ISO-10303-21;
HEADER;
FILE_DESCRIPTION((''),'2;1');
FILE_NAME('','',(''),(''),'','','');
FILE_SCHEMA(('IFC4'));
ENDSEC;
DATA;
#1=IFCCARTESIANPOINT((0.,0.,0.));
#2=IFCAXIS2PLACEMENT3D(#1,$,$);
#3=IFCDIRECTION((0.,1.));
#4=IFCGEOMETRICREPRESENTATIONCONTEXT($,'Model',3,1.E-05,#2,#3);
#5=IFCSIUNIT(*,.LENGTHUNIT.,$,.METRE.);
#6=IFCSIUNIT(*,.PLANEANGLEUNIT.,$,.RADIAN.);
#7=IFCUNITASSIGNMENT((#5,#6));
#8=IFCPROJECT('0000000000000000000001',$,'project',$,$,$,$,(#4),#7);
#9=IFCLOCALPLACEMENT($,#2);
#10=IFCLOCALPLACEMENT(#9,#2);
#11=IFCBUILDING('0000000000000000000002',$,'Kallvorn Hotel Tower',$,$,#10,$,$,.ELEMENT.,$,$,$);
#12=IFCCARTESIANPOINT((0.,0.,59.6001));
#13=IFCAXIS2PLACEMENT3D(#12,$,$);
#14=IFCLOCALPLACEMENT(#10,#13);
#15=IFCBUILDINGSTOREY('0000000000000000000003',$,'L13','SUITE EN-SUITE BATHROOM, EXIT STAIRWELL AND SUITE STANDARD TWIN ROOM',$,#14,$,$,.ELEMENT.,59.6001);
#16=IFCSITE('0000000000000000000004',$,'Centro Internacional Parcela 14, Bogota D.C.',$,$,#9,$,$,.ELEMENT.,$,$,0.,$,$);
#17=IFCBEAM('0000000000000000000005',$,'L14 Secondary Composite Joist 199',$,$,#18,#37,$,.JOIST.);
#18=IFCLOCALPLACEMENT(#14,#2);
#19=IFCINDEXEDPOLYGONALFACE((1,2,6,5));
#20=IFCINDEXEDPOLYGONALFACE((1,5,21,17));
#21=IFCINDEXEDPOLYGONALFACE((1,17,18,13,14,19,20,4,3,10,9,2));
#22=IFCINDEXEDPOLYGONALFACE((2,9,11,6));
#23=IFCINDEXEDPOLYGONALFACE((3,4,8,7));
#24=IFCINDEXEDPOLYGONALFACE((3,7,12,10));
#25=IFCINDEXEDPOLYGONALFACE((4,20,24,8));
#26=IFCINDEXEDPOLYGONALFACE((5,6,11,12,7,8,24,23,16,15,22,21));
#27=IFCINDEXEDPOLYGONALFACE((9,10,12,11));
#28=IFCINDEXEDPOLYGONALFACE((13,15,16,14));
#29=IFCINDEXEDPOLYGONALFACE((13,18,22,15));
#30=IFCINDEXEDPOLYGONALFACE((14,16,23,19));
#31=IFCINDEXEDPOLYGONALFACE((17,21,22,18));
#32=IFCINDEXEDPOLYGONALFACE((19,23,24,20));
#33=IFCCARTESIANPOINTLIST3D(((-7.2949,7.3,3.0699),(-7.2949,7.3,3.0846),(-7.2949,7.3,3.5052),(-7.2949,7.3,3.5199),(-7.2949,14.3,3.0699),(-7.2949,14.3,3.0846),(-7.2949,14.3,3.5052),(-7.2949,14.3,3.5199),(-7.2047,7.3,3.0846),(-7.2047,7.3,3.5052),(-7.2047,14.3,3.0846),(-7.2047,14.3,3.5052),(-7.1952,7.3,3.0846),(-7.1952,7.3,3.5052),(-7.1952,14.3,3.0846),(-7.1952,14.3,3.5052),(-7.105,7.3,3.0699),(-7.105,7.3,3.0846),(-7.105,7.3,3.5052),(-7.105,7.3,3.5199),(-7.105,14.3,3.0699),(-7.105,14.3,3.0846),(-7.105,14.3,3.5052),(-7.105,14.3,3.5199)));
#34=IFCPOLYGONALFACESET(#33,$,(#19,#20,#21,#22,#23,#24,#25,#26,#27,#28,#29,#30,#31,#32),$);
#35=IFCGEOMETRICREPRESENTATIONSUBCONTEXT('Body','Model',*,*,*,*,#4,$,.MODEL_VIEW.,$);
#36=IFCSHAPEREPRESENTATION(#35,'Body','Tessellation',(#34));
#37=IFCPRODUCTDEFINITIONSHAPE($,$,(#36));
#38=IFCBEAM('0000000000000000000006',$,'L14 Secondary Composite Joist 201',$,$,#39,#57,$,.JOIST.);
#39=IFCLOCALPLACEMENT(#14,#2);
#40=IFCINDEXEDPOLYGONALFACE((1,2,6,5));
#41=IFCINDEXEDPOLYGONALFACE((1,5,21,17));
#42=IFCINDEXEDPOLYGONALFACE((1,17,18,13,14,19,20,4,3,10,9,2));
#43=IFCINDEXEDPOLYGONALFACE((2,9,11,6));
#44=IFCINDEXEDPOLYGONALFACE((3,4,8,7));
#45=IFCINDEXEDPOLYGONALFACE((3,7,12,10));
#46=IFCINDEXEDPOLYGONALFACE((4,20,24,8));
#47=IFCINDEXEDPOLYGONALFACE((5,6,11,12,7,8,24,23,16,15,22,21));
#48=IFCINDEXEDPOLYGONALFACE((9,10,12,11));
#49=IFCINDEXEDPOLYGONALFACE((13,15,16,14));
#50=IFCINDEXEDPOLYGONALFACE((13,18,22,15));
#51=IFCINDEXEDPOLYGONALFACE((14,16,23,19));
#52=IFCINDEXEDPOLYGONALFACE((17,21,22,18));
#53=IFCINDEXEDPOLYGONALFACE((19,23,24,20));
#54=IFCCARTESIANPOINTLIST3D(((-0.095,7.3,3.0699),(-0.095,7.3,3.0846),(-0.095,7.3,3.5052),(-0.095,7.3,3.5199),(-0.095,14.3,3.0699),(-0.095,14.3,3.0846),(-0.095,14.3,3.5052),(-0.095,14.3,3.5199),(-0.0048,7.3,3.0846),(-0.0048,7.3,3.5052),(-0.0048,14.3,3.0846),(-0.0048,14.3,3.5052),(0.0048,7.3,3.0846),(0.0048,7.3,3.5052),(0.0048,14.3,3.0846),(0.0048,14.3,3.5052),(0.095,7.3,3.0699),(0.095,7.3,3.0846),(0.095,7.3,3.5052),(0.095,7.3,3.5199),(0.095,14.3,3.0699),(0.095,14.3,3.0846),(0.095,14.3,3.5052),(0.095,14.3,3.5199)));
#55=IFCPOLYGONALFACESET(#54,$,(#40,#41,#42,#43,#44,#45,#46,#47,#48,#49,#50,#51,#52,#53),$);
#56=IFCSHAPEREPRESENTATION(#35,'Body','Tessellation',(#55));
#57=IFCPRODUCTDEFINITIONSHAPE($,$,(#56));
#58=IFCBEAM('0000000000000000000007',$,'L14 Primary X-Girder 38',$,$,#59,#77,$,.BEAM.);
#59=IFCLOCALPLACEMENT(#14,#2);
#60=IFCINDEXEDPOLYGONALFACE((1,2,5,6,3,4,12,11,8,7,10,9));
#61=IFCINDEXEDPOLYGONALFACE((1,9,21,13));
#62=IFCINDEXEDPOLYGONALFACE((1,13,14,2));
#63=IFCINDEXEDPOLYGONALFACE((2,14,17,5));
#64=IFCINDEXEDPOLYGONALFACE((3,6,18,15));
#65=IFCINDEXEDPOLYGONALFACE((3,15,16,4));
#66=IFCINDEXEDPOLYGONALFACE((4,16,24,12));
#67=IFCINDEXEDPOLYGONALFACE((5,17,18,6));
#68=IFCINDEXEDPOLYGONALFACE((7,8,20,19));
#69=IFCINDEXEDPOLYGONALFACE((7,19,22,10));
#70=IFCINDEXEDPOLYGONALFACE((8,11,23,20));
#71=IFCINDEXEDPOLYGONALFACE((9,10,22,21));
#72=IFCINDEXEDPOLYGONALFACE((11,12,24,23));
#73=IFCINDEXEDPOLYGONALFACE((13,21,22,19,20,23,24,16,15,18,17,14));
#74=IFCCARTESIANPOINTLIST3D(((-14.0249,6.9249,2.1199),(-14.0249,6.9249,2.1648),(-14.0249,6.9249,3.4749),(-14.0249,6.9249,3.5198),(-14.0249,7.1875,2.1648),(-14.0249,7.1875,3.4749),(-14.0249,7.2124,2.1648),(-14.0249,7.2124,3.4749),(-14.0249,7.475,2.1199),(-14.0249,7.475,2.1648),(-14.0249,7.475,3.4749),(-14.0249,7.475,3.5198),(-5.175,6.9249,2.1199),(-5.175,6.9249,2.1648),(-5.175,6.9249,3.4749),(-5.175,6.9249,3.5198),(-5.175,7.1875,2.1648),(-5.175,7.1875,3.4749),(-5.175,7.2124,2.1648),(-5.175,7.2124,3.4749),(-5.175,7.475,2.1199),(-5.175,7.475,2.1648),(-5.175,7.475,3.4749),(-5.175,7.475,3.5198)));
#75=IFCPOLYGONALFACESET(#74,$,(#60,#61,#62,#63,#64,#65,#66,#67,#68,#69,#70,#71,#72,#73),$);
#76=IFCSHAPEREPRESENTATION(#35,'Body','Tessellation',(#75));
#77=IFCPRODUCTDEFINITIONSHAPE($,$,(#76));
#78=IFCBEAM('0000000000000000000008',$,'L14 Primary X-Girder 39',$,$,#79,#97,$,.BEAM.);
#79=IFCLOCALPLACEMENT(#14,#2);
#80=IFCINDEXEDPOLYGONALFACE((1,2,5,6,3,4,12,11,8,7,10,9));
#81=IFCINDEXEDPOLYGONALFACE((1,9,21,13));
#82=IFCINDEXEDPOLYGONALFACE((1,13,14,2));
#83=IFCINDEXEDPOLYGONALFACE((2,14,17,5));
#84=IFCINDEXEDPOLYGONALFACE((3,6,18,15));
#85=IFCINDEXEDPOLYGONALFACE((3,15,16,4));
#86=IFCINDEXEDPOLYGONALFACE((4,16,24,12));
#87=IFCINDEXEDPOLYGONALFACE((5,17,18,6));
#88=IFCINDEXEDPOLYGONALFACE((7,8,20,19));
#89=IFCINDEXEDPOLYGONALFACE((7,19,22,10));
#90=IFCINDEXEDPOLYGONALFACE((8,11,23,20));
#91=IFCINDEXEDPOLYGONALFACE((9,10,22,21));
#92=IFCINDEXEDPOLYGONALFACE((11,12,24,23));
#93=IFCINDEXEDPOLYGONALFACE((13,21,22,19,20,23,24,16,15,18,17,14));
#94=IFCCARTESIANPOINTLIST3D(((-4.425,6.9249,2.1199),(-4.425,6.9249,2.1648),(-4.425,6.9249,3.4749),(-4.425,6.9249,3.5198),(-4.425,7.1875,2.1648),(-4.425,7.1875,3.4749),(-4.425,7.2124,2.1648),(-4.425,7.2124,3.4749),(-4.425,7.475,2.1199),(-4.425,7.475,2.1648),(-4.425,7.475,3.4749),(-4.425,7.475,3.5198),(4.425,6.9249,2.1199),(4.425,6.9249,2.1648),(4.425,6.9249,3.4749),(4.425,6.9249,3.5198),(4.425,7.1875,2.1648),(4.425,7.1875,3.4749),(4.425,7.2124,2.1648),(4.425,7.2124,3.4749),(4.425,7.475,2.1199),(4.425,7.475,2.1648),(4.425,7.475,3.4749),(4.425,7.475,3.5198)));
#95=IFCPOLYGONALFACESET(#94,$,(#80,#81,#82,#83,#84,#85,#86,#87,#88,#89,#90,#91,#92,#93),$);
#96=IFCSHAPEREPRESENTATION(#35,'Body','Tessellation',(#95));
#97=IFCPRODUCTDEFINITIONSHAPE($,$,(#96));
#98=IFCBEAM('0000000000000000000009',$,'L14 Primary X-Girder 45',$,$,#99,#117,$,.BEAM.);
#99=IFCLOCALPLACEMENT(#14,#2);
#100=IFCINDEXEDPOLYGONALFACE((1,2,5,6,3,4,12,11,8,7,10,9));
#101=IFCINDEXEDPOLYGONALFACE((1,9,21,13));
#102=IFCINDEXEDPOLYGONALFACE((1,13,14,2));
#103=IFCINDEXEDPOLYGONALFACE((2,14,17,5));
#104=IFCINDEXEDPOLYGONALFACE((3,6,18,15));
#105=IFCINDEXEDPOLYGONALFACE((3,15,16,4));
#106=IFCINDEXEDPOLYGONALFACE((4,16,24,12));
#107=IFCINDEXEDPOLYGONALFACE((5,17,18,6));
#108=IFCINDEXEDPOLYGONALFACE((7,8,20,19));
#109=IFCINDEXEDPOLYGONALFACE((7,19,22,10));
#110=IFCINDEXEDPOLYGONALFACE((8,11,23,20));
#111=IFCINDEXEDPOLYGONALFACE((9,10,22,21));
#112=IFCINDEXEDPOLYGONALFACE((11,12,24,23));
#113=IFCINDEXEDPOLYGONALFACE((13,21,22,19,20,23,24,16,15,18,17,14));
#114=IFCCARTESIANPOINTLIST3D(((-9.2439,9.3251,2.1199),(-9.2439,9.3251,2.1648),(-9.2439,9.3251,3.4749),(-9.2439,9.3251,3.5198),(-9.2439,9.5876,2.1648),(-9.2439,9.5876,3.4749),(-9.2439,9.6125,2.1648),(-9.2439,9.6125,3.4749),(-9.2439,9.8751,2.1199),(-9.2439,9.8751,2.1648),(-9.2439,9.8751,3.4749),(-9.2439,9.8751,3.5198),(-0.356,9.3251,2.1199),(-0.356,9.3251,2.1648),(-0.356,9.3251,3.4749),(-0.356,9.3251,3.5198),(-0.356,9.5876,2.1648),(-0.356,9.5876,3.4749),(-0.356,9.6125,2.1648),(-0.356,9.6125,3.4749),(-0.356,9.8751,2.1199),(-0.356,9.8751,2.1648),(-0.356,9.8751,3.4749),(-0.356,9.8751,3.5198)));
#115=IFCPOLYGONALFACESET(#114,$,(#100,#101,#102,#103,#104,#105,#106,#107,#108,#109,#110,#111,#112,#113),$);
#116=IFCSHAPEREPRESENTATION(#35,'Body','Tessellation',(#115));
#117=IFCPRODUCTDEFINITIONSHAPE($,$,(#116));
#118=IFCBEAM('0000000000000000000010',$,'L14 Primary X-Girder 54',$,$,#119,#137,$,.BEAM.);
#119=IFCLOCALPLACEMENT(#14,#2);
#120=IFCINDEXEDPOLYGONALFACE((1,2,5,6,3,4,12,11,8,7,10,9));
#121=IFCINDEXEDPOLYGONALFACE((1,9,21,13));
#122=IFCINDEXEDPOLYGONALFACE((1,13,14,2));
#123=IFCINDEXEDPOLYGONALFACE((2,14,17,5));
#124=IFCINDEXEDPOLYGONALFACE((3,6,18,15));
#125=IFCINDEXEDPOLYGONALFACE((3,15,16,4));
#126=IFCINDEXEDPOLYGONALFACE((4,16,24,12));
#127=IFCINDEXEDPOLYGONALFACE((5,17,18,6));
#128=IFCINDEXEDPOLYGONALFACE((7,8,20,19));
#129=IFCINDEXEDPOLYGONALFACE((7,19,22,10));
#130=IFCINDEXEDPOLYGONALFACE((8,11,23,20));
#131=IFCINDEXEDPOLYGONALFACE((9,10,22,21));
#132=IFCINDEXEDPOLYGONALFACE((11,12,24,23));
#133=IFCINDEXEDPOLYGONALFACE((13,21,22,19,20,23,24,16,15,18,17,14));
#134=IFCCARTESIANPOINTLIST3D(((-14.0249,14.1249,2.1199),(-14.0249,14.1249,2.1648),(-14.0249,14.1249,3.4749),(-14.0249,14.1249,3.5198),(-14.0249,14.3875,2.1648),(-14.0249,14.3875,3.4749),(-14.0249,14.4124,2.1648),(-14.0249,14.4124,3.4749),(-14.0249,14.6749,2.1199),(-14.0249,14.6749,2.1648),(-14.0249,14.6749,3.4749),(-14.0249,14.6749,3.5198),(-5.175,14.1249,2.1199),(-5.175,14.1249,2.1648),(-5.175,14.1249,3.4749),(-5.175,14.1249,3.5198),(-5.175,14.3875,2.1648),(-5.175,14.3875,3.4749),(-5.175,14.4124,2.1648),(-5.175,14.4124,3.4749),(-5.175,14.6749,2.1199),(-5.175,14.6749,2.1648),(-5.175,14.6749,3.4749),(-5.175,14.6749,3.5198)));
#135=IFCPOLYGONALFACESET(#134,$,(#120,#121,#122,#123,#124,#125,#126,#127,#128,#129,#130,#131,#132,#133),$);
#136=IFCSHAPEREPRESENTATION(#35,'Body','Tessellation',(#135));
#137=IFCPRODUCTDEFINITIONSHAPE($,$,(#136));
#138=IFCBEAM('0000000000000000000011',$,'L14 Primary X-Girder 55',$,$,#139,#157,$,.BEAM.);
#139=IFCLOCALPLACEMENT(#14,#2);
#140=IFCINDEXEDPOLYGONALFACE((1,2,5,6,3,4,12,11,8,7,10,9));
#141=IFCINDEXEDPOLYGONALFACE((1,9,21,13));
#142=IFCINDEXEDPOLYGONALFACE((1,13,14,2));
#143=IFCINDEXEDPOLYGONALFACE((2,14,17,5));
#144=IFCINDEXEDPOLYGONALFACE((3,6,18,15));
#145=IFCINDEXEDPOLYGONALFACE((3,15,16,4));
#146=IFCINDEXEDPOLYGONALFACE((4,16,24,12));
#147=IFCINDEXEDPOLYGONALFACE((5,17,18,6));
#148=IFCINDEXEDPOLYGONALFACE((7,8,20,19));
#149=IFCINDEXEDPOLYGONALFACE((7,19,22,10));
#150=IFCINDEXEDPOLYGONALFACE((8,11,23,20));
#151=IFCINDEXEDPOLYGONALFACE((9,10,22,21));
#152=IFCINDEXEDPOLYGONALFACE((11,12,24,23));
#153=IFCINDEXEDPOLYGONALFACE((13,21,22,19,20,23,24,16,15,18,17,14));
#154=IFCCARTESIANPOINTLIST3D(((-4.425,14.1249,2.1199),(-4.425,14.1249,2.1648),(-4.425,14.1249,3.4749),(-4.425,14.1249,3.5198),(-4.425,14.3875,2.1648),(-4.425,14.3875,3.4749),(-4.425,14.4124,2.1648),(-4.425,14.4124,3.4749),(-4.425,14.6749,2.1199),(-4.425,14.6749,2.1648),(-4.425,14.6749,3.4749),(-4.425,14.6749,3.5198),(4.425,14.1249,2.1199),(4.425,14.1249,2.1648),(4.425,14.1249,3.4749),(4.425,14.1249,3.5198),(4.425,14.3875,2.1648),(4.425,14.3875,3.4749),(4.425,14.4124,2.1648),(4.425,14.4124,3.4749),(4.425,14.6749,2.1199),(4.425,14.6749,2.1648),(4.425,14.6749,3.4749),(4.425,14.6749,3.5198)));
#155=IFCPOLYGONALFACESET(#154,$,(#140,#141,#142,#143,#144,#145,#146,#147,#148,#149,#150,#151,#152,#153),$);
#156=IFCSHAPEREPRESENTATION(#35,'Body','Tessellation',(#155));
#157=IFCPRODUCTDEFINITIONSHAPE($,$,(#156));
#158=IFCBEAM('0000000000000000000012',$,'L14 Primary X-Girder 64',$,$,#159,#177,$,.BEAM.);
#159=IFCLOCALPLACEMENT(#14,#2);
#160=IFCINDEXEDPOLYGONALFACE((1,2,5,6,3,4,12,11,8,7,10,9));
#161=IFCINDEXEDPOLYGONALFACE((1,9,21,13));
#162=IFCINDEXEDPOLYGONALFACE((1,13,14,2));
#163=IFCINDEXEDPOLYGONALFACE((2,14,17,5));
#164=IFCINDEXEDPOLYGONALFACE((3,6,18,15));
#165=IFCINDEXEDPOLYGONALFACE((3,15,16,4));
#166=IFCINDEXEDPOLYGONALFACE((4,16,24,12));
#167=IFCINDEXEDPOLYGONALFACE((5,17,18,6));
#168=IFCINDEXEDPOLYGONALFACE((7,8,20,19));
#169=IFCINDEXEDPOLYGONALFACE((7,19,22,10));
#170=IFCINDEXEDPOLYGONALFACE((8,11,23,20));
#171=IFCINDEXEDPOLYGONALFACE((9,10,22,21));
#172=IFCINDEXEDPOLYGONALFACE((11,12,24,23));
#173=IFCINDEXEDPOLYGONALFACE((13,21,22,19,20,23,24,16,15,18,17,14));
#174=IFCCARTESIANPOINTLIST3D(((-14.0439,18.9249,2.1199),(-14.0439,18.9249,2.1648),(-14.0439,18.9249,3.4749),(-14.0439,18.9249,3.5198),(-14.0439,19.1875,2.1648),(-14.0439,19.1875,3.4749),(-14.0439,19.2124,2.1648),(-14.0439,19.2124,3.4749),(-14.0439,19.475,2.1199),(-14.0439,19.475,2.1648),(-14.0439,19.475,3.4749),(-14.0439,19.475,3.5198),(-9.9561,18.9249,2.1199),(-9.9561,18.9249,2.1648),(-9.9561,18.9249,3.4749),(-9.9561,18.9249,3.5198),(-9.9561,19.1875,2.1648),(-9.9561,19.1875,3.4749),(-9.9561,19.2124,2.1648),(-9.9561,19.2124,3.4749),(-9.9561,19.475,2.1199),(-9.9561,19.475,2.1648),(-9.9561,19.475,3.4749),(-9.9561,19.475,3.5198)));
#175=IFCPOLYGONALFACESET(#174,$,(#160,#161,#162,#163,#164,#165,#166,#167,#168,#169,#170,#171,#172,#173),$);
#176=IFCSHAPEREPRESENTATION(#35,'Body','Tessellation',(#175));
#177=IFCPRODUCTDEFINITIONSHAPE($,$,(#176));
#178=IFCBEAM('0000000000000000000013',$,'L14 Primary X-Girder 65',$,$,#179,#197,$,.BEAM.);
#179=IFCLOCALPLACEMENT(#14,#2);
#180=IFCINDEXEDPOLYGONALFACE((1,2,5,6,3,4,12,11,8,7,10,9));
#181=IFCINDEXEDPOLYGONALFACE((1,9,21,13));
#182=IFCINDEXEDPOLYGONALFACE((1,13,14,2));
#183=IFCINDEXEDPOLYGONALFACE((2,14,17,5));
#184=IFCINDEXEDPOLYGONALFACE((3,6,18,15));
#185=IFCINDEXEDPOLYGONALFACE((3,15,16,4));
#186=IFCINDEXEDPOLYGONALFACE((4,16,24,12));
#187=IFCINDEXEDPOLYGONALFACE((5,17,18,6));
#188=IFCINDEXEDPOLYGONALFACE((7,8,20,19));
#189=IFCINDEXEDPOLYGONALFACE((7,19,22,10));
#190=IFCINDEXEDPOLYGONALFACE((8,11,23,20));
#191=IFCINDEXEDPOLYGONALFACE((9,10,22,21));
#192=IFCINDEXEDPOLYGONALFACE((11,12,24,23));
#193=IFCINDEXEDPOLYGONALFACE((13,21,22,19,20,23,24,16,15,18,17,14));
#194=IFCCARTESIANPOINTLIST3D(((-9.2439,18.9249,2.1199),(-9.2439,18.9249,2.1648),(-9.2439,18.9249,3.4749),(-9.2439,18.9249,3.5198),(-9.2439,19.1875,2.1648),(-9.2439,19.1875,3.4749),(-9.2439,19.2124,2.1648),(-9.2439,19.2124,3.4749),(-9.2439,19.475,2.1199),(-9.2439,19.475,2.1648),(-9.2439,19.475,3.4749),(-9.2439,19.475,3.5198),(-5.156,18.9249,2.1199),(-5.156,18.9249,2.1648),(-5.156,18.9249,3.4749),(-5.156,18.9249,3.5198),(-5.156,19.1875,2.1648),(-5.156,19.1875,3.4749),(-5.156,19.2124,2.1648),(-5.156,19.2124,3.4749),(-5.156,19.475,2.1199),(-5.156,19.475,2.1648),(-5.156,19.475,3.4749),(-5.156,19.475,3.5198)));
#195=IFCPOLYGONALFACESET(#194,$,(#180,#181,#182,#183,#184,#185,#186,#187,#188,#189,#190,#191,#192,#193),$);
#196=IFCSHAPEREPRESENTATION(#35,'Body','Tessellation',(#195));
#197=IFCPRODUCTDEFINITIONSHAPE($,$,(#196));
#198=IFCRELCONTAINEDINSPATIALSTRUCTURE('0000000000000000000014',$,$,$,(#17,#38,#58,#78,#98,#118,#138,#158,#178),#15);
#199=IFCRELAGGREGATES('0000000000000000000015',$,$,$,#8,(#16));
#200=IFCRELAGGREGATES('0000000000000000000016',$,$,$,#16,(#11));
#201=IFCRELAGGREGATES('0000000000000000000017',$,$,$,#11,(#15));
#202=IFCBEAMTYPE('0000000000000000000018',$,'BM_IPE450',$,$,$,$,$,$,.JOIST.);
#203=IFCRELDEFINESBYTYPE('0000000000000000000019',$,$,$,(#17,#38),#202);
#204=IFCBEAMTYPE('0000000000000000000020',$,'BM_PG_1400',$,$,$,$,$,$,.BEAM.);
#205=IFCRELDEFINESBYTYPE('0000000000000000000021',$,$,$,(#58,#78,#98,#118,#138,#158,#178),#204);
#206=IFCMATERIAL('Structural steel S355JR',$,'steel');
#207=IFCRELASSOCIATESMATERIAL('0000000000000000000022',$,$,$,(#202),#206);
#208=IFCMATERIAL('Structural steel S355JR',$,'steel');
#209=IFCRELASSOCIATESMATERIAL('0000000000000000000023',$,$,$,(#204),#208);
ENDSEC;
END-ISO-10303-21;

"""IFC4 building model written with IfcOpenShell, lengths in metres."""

from ifc_helpers import new_model, si_unit, direction, frame, origin, origin_2d, place, context, subcontext, project, spatial, i_section, extrude, material, material_profile, profile_set, type_object, element, save


model = new_model("IFC4")

# Units and contexts
model_context = context("Model", 3, precision=1e-05, world=origin(), true_north=direction((0.0, 1.0)))
body_context = subcontext(model_context, "Body", "Model", "MODEL_VIEW")
ifc_project = project(units=[si_unit("LENGTHUNIT", "METRE"), si_unit("PLANEANGLEUNIT", "RADIAN")], contexts=[model_context])

# Site, building, storey
site_placement = place(None, origin())
site = spatial("IfcSite", under=ifc_project, at=site_placement, Name="Centro Internacional Parcela 14, Bogota D.C.", CompositionType="ELEMENT", RefElevation=0.0)
building_placement = place(site_placement, origin())
building = spatial("IfcBuilding", under=site, at=building_placement, Name="Kallvorn Hotel Tower", CompositionType="ELEMENT")
storey_placement = place(building_placement, frame((0.0, 0.0, 59.6001)))
storey = spatial("IfcBuildingStorey", under=building, at=storey_placement, Name="L13", Description="SUITE EN-SUITE BATHROOM, EXIT STAIRWELL AND SUITE STANDARD TWIN ROOM", CompositionType="ELEMENT", Elevation=59.6001)

# Beams
ifc_material_1 = material(Name="Structural steel S355JR", Category="steel")
ifc_material_profile_1 = material_profile(ifc_material_1, i_section(OverallWidth=0.1899, OverallDepth=0.45, WebThickness=0.0095, FlangeThickness=0.0146, at=origin_2d()), Name="IPE 450")
ifc_profile_set_1 = profile_set([ifc_material_profile_1], Name="Structural steel S355JR")
beam_type_1 = type_object("IfcBeamType", Name="BM_IPE450", PredefinedType="JOIST", material=ifc_profile_set_1)
for number, where, z_axis, x_axis, name in (
    (1, (-7.2, 7.3, 3.2949), (0.0, 1.0, 0.0), (-1.0, 0.0, 0.0), "L14 Secondary Composite Joist 199"),
    (2, (0.0, 7.3, 3.2949), (0.0, 1.0, 0.0), (-1.0, 0.0, 0.0), "L14 Secondary Composite Joist 201"),
):
    element("IfcBeam", number, at=place(storey_placement, frame(where, z_axis=z_axis, x_axis=x_axis)), inside=storey, type_object=beam_type_1, Name=name, PredefinedType="JOIST", context=body_context, shape_type="SweptSolid", body=[
        extrude(i_section(OverallWidth=0.1899, OverallDepth=0.45, WebThickness=0.0095, FlangeThickness=0.0146, at=origin_2d()), origin(), (0.0, 0.0, 1.0), 7.0),
    ])
ifc_material_2 = material(Name="Structural steel S355JR", Category="steel")
ifc_material_profile_2 = material_profile(ifc_material_2, i_section(OverallWidth=0.55, OverallDepth=1.3999, WebThickness=0.0249, FlangeThickness=0.0449, at=origin_2d()), Name="PG 1400x550x25x45")
ifc_profile_set_2 = profile_set([ifc_material_profile_2], Name="Structural steel S355JR")
beam_type_2 = type_object("IfcBeamType", Name="BM_PG_1400", PredefinedType="BEAM", material=ifc_profile_set_2)
beam_1_placement = place(storey_placement, frame((-14.0249, 7.2, 2.8198), z_axis=(1.0, 0.0, 0.0), x_axis=(0.0, 1.0, 0.0)))
element("IfcBeam", 3, at=beam_1_placement, inside=storey, type_object=beam_type_2, Name="L14 Primary X-Girder 38", PredefinedType="BEAM", context=body_context, shape_type="SweptSolid", body=[
    extrude(i_section(OverallWidth=0.55, OverallDepth=1.3999, WebThickness=0.0249, FlangeThickness=0.0449, at=origin_2d()), origin(), (0.0, 0.0, 1.0), 8.8499),
])
beam_2_placement = place(storey_placement, frame((-4.425, 7.2, 2.8198), z_axis=(1.0, 0.0, 0.0), x_axis=(0.0, 1.0, 0.0)))
element("IfcBeam", 4, at=beam_2_placement, inside=storey, type_object=beam_type_2, Name="L14 Primary X-Girder 39", PredefinedType="BEAM", context=body_context, shape_type="SweptSolid", body=[
    extrude(i_section(OverallWidth=0.55, OverallDepth=1.3999, WebThickness=0.0249, FlangeThickness=0.0449, at=origin_2d()), origin(), (0.0, 0.0, 1.0), 8.8501),
])
beam_3_placement = place(storey_placement, frame((-9.2439, 9.6001, 2.8198), z_axis=(1.0, 0.0, 0.0), x_axis=(0.0, 1.0, 0.0)))
element("IfcBeam", 5, at=beam_3_placement, inside=storey, type_object=beam_type_2, Name="L14 Primary X-Girder 45", PredefinedType="BEAM", context=body_context, shape_type="SweptSolid", body=[
    extrude(i_section(OverallWidth=0.55, OverallDepth=1.3999, WebThickness=0.0249, FlangeThickness=0.0449, at=origin_2d()), origin(), (0.0, 0.0, 1.0), 8.8879),
])
beam_4_placement = place(storey_placement, frame((-14.0249, 14.3999, 2.8198), z_axis=(1.0, 0.0, 0.0), x_axis=(0.0, 1.0, 0.0)))
element("IfcBeam", 6, at=beam_4_placement, inside=storey, type_object=beam_type_2, Name="L14 Primary X-Girder 54", PredefinedType="BEAM", context=body_context, shape_type="SweptSolid", body=[
    extrude(i_section(OverallWidth=0.55, OverallDepth=1.3999, WebThickness=0.0249, FlangeThickness=0.0449, at=origin_2d()), origin(), (0.0, 0.0, 1.0), 8.8499),
])
beam_5_placement = place(storey_placement, frame((-4.425, 14.3999, 2.8198), z_axis=(1.0, 0.0, 0.0), x_axis=(0.0, 1.0, 0.0)))
element("IfcBeam", 7, at=beam_5_placement, inside=storey, type_object=beam_type_2, Name="L14 Primary X-Girder 55", PredefinedType="BEAM", context=body_context, shape_type="SweptSolid", body=[
    extrude(i_section(OverallWidth=0.55, OverallDepth=1.3999, WebThickness=0.0249, FlangeThickness=0.0449, at=origin_2d()), origin(), (0.0, 0.0, 1.0), 8.8501),
])
for number, where, z_axis, x_axis, name in (
    (8, (-14.0439, 19.2, 2.8198), (1.0, 0.0, 0.0), (0.0, 1.0, 0.0), "L14 Primary X-Girder 64"),
    (9, (-9.2439, 19.2, 2.8198), (1.0, 0.0, 0.0), (0.0, 1.0, 0.0), "L14 Primary X-Girder 65"),
):
    element("IfcBeam", number, at=place(storey_placement, frame(where, z_axis=z_axis, x_axis=x_axis)), inside=storey, type_object=beam_type_2, Name=name, PredefinedType="BEAM", context=body_context, shape_type="SweptSolid", body=[
        extrude(i_section(OverallWidth=0.55, OverallDepth=1.3999, WebThickness=0.0249, FlangeThickness=0.0449, at=origin_2d()), origin(), (0.0, 0.0, 1.0), 4.0879),
    ])

save(model, "model.ifc")
